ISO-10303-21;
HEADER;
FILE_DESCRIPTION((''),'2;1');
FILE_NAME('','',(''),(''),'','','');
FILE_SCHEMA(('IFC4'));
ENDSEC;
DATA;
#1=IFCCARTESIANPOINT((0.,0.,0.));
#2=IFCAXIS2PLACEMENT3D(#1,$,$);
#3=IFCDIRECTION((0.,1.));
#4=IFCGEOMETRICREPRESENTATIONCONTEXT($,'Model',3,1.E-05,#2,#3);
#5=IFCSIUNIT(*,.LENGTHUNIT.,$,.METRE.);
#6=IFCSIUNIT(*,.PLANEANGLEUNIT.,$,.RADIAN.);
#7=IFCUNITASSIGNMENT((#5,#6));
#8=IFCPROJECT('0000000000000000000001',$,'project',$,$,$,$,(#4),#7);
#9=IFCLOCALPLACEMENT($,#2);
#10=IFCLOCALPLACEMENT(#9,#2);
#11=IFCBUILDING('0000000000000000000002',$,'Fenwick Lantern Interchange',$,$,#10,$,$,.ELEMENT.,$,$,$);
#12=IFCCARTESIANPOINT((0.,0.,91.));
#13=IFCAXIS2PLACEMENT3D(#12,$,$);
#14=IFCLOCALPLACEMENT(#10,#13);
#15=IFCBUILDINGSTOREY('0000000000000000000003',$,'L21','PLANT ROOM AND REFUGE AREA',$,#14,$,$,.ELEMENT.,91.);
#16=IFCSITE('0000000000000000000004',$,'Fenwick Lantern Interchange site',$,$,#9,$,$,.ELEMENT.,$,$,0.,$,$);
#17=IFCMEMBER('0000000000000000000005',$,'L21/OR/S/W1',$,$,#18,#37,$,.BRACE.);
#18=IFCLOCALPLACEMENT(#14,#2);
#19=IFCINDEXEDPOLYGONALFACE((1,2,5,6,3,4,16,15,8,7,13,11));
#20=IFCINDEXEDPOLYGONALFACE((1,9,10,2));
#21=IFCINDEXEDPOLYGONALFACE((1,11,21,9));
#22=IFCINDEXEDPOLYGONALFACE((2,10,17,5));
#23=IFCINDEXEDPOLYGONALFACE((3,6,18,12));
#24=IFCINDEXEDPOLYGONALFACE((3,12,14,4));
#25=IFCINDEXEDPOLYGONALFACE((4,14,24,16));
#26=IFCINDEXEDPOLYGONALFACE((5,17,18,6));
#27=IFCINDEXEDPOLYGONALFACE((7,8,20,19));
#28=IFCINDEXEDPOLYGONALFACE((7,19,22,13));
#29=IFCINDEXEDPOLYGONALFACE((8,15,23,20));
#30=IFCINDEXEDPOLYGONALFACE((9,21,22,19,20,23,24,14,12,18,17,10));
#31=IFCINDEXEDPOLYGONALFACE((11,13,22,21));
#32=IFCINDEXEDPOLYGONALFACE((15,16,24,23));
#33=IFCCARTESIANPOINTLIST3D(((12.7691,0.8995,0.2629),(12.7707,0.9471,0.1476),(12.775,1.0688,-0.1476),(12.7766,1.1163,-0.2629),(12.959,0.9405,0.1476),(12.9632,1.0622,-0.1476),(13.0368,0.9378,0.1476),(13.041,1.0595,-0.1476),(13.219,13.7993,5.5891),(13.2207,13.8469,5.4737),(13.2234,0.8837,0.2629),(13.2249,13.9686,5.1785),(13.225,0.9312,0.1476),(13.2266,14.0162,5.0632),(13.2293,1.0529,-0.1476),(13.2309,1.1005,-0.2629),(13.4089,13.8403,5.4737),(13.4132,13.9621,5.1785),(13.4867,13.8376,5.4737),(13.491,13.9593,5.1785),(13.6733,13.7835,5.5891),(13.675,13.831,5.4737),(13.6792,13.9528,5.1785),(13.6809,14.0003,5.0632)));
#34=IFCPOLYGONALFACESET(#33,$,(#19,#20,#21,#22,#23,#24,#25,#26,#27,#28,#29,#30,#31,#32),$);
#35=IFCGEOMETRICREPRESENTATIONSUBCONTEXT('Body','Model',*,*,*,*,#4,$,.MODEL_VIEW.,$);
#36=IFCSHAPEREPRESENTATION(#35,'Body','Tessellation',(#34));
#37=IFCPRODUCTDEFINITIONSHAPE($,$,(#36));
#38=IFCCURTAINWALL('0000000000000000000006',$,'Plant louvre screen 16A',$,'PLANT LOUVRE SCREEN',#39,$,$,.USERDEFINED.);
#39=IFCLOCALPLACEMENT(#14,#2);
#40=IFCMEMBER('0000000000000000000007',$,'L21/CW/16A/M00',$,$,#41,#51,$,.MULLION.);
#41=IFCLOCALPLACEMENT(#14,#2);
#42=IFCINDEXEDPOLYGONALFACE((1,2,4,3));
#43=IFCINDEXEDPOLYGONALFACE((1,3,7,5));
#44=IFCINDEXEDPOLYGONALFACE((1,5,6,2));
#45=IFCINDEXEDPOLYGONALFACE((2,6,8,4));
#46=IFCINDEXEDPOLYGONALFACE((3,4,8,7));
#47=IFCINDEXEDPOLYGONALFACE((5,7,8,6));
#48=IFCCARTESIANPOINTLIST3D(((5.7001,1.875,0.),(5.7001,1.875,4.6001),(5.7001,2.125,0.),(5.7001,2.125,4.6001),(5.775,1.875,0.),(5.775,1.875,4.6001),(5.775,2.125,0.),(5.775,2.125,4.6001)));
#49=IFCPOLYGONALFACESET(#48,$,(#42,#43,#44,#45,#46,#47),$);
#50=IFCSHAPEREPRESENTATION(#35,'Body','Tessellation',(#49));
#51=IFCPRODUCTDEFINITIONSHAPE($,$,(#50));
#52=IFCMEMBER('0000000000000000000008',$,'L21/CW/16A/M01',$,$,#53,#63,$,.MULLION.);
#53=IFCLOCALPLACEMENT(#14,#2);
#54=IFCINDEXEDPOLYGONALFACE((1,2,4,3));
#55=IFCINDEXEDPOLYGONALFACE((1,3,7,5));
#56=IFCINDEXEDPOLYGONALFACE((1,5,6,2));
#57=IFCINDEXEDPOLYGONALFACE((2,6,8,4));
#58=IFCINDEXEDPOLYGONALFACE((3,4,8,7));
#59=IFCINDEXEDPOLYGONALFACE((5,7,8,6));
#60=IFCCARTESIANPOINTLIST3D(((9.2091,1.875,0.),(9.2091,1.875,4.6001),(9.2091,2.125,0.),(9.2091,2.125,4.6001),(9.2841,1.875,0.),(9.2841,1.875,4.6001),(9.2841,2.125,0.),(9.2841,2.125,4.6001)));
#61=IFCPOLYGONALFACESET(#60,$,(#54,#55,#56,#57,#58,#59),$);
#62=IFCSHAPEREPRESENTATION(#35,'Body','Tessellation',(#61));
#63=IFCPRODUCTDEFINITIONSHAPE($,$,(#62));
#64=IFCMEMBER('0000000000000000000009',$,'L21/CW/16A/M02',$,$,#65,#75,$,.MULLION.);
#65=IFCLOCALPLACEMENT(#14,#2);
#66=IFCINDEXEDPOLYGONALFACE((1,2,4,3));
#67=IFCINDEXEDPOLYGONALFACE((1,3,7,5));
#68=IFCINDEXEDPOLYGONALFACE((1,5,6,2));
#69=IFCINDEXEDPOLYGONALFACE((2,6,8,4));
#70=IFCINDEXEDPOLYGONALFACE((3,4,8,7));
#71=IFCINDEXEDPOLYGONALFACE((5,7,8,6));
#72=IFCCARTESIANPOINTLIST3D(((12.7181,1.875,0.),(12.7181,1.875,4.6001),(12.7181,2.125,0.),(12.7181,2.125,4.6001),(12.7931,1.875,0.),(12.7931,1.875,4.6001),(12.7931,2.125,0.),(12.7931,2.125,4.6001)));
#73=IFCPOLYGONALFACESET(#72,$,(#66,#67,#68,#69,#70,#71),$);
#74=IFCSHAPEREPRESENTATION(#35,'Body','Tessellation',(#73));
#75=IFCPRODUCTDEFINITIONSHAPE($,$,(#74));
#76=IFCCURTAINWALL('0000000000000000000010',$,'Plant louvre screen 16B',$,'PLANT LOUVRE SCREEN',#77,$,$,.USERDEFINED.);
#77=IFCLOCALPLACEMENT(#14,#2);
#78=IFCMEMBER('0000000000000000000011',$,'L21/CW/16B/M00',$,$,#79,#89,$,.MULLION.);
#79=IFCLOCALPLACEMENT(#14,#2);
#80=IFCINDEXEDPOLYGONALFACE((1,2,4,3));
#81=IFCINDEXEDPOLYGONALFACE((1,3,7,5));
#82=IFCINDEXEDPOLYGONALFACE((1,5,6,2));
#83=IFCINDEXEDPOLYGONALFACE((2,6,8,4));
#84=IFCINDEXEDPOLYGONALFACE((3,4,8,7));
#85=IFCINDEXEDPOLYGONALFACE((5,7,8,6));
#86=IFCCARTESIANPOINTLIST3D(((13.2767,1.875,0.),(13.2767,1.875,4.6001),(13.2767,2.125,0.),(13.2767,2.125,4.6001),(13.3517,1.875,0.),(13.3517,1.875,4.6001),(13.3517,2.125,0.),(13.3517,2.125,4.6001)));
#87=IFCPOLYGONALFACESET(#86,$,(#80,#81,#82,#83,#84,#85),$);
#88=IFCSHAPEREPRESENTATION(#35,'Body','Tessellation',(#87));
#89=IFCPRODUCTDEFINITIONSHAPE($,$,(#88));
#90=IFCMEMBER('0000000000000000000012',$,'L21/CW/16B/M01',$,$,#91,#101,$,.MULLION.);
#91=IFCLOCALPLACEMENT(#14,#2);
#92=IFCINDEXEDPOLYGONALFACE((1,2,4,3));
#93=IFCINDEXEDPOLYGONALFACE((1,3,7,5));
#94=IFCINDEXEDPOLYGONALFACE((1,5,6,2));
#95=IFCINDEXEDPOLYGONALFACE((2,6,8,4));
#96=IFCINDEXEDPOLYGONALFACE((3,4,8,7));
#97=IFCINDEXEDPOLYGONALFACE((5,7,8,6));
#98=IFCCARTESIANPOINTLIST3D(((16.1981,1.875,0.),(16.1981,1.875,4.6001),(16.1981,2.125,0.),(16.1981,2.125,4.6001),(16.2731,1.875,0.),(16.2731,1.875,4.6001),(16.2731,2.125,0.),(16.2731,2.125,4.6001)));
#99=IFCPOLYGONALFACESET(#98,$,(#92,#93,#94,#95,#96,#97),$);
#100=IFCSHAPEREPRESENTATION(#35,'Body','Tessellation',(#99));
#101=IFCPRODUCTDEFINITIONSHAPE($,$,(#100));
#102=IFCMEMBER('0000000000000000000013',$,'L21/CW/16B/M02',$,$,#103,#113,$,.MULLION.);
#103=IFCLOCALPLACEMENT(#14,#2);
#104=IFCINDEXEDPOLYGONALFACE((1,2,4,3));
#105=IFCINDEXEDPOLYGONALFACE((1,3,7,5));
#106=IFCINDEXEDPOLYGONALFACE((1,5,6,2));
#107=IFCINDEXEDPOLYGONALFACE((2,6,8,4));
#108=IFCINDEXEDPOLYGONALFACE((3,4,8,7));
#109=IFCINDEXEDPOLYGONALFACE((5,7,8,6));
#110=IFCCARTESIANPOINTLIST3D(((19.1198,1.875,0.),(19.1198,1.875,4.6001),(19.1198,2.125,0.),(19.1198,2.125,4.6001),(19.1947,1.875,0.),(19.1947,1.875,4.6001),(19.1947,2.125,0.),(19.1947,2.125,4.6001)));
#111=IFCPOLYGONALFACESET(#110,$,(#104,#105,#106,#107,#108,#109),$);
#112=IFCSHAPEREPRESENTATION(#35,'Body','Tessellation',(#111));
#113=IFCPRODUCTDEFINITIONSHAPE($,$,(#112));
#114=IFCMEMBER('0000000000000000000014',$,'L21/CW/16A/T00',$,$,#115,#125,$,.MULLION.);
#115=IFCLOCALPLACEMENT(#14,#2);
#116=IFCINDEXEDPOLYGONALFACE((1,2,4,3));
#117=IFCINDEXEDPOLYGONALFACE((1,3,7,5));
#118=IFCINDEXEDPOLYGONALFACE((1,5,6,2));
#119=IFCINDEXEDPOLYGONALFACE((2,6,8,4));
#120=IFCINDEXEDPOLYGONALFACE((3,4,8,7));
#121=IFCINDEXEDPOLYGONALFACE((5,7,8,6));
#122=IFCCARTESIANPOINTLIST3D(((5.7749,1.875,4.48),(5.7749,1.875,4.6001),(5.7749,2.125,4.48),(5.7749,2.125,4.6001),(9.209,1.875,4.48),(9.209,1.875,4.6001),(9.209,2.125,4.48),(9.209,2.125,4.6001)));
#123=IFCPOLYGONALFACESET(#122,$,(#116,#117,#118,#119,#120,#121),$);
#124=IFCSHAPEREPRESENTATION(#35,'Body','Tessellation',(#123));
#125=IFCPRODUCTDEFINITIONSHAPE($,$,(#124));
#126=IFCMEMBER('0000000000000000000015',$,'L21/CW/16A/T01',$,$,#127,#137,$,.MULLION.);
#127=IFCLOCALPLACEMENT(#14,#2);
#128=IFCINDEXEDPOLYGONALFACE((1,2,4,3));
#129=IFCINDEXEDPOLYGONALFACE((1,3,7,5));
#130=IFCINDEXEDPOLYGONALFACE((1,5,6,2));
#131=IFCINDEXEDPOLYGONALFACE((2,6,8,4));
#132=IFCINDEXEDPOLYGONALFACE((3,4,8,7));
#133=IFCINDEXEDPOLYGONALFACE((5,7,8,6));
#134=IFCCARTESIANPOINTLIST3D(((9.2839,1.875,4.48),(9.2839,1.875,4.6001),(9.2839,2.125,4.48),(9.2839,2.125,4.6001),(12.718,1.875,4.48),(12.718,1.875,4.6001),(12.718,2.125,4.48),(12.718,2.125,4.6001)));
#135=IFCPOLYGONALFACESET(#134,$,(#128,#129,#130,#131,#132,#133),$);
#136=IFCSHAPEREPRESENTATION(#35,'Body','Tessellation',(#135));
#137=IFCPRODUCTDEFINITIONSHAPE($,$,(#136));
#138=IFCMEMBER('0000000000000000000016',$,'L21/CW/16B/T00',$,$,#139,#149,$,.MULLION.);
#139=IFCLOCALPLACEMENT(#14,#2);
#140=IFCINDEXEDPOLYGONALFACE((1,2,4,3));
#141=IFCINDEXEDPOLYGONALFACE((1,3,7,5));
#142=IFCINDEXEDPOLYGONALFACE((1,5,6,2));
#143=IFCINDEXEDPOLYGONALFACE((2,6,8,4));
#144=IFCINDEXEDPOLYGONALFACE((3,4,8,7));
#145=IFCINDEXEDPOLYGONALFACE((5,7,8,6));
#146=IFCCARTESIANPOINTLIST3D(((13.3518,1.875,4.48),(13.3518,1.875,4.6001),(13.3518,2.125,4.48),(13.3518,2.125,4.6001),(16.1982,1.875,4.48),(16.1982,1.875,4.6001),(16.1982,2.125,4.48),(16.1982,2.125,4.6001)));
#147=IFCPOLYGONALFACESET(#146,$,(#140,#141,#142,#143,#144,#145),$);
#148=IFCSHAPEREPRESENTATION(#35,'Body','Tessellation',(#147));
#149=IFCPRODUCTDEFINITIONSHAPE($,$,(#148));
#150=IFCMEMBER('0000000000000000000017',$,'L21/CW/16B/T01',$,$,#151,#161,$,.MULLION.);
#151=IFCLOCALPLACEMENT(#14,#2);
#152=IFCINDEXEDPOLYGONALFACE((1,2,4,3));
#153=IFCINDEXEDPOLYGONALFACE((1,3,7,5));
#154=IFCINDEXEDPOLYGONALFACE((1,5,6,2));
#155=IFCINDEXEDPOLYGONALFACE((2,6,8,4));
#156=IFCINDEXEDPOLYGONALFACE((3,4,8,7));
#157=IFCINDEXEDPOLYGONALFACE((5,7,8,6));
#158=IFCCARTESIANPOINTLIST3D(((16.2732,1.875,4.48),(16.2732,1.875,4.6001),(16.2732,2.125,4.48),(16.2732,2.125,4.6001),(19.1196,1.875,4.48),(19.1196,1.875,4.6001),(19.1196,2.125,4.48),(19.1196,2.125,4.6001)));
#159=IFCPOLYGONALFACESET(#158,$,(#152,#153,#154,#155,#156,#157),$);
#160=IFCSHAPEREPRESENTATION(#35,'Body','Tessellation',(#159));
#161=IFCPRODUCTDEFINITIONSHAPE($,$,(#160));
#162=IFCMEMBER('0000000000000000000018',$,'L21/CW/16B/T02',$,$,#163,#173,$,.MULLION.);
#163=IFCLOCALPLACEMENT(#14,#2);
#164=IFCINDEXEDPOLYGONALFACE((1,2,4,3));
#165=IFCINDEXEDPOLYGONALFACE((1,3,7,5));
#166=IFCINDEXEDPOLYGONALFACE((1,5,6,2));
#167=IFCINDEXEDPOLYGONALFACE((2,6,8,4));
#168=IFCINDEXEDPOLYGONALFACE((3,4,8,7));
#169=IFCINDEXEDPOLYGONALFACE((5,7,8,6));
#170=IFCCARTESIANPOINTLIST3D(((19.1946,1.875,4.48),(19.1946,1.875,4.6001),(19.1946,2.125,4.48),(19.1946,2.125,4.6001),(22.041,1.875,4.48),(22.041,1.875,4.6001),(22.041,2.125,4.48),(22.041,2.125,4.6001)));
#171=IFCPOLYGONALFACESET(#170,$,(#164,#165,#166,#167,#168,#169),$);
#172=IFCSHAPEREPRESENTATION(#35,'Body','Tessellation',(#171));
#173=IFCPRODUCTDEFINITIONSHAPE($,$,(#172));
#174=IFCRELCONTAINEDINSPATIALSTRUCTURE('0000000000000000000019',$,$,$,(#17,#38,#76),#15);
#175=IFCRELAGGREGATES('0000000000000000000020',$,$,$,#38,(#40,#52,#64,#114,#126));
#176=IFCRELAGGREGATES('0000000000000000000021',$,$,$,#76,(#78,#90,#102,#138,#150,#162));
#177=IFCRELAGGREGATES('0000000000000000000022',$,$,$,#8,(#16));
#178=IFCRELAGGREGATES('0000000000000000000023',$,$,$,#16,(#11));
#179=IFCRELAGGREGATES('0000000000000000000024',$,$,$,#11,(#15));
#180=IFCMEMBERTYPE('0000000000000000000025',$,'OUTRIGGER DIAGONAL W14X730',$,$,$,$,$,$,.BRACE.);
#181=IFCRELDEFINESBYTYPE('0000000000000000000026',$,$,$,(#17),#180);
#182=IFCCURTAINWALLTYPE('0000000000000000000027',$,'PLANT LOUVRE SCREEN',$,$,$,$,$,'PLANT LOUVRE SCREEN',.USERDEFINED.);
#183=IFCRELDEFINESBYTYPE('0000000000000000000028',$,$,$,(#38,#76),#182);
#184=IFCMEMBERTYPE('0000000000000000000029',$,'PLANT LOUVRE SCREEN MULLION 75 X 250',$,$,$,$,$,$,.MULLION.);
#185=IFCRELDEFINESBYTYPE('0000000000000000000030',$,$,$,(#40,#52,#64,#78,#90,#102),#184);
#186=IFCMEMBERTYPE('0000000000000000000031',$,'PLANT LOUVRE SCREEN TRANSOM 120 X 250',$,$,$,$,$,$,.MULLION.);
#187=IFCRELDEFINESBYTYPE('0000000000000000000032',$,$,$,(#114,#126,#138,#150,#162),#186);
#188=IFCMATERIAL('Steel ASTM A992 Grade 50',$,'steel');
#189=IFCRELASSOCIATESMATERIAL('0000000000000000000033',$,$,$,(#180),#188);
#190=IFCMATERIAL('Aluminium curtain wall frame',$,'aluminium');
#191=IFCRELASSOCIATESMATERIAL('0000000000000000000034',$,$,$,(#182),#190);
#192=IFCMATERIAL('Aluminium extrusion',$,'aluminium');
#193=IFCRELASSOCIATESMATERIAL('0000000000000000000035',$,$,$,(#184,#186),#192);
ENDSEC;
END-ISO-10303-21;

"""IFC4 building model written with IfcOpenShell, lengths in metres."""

from ifc_helpers import new_model, si_unit, direction, frame, origin, origin_2d, place, context, subcontext, project, spatial, rectangle, i_section, extrude, material, material_profile, profile_set, type_object, element, aggregate, save


model = new_model("IFC4")

# Units and contexts
model_context = context("Model", 3, precision=1e-05, world=origin(), true_north=direction((0.0, 1.0)))
body_context = subcontext(model_context, "Body", "Model", "MODEL_VIEW")
ifc_project = project(units=[si_unit("LENGTHUNIT", "METRE"), si_unit("PLANEANGLEUNIT", "RADIAN")], contexts=[model_context])

# Site, building, storey
site_placement = place(None, origin())
site = spatial("IfcSite", under=ifc_project, at=site_placement, Name="Fenwick Lantern Interchange site", CompositionType="ELEMENT", RefElevation=0.0)
building_placement = place(site_placement, origin())
building = spatial("IfcBuilding", under=site, at=building_placement, Name="Fenwick Lantern Interchange", CompositionType="ELEMENT")
storey_placement = place(building_placement, frame((0.0, 0.0, 91.0)))
storey = spatial("IfcBuildingStorey", under=building, at=storey_placement, Name="L21", Description="PLANT ROOM AND REFUGE AREA", CompositionType="ELEMENT", Elevation=91.0)

# Shared definitions
ifc_material_1 = material(Name="Steel ASTM A992 Grade 50", Category="steel")

# Member
ifc_material_profile_1 = material_profile(ifc_material_1, i_section(OverallWidth=0.4546, OverallDepth=0.5688, WebThickness=0.0779, FlangeThickness=0.1248, at=origin_2d()), Name="W14X730")
ifc_profile_set_1 = profile_set([ifc_material_profile_1], Name="Steel ASTM A992 Grade 50")
member_type_1 = type_object("IfcMemberType", Name="OUTRIGGER DIAGONAL W14X730", PredefinedType="BRACE", material=ifc_profile_set_1)
member_1_placement = place(storey_placement, frame((13.0, 1.0, 0.0), z_axis=(0.032223, 0.923833, 0.381437), x_axis=(-0.999392, 0.034859, 0.0)))
element("IfcMember", 1, at=member_1_placement, inside=storey, type_object=member_type_1, Name="L21/OR/S/W1", PredefinedType="BRACE", context=body_context, shape_type="SweptSolid", body=[
    extrude(i_section(OverallWidth=0.4546, OverallDepth=0.5688, WebThickness=0.0779, FlangeThickness=0.1248, at=origin_2d()), origin(), (0.0, 0.0, 1.0), 13.9634),
])

# Curtain walls, members
ifc_material_2 = material(Name="Aluminium curtain wall frame", Category="aluminium")
curtain_wall_type = type_object("IfcCurtainWallType", Name="PLANT LOUVRE SCREEN", ElementType="PLANT LOUVRE SCREEN", PredefinedType="USERDEFINED", material=ifc_material_2)
curtain_wall_1_placement = place(storey_placement, origin())
curtain_wall_1 = element("IfcCurtainWall", 2, at=curtain_wall_1_placement, inside=storey, type_object=curtain_wall_type, Name="Plant louvre screen 16A", ObjectType="PLANT LOUVRE SCREEN", PredefinedType="USERDEFINED")
ifc_material_3 = material(Name="Aluminium extrusion", Category="aluminium")
ifc_material_profile_2 = material_profile(ifc_material_3, rectangle(XDim=0.25, YDim=0.075, at=origin_2d()), Name="PLANT LOUVRE SCREEN MULLION 75 X 250")
ifc_profile_set_2 = profile_set([ifc_material_profile_2], Name="Aluminium extrusion")
member_type_2 = type_object("IfcMemberType", Name="PLANT LOUVRE SCREEN MULLION 75 X 250", PredefinedType="MULLION", material=ifc_profile_set_2)
member_2_placement = place(storey_placement, frame((5.7375, 2.0, 0.0), z_axis=(0.0, 0.0, 1.0), x_axis=(0.0, 1.0, 0.0)))
member_2 = element("IfcMember", 3, at=member_2_placement, type_object=member_type_2, Name="L21/CW/16A/M00", PredefinedType="MULLION", context=body_context, shape_type="SweptSolid", body=[
    extrude(rectangle(XDim=0.25, YDim=0.075, at=origin_2d()), origin(), (0.0, 0.0, 1.0), 4.6001),
])
member_3_placement = place(storey_placement, frame((9.2466, 2.0, 0.0), z_axis=(0.0, 0.0, 1.0), x_axis=(0.0, 1.0, 0.0)))
member_3 = element("IfcMember", 4, at=member_3_placement, type_object=member_type_2, Name="L21/CW/16A/M01", PredefinedType="MULLION", context=body_context, shape_type="SweptSolid", body=[
    extrude(rectangle(XDim=0.25, YDim=0.075, at=origin_2d()), origin(), (0.0, 0.0, 1.0), 4.6001),
])
member_4_placement = place(storey_placement, frame((12.7556, 2.0, 0.0), z_axis=(0.0, 0.0, 1.0), x_axis=(0.0, 1.0, 0.0)))
member_4 = element("IfcMember", 5, at=member_4_placement, type_object=member_type_2, Name="L21/CW/16A/M02", PredefinedType="MULLION", context=body_context, shape_type="SweptSolid", body=[
    extrude(rectangle(XDim=0.25, YDim=0.075, at=origin_2d()), origin(), (0.0, 0.0, 1.0), 4.6001),
])
curtain_wall_2_placement = place(storey_placement, origin())
curtain_wall_2 = element("IfcCurtainWall", 6, at=curtain_wall_2_placement, inside=storey, type_object=curtain_wall_type, Name="Plant louvre screen 16B", ObjectType="PLANT LOUVRE SCREEN", PredefinedType="USERDEFINED")
member_5_placement = place(storey_placement, frame((13.3142, 2.0, 0.0), z_axis=(0.0, 0.0, 1.0), x_axis=(0.0, 1.0, 0.0)))
member_5 = element("IfcMember", 7, at=member_5_placement, type_object=member_type_2, Name="L21/CW/16B/M00", PredefinedType="MULLION", context=body_context, shape_type="SweptSolid", body=[
    extrude(rectangle(XDim=0.25, YDim=0.075, at=origin_2d()), origin(), (0.0, 0.0, 1.0), 4.6001),
])
member_6_placement = place(storey_placement, frame((16.2356, 2.0, 0.0), z_axis=(0.0, 0.0, 1.0), x_axis=(0.0, 1.0, 0.0)))
member_6 = element("IfcMember", 8, at=member_6_placement, type_object=member_type_2, Name="L21/CW/16B/M01", PredefinedType="MULLION", context=body_context, shape_type="SweptSolid", body=[
    extrude(rectangle(XDim=0.25, YDim=0.075, at=origin_2d()), origin(), (0.0, 0.0, 1.0), 4.6001),
])
member_7_placement = place(storey_placement, frame((19.1572, 2.0, 0.0), z_axis=(0.0, 0.0, 1.0), x_axis=(0.0, 1.0, 0.0)))
member_7 = element("IfcMember", 9, at=member_7_placement, type_object=member_type_2, Name="L21/CW/16B/M02", PredefinedType="MULLION", context=body_context, shape_type="SweptSolid", body=[
    extrude(rectangle(XDim=0.25, YDim=0.075, at=origin_2d()), origin(), (0.0, 0.0, 1.0), 4.6001),
])

# Members
ifc_material_profile_3 = material_profile(ifc_material_3, rectangle(XDim=0.25, YDim=0.1201, at=origin_2d()), Name="PLANT LOUVRE SCREEN TRANSOM 120 X 250")
ifc_profile_set_3 = profile_set([ifc_material_profile_3], Name="Aluminium extrusion")
member_type_3 = type_object("IfcMemberType", Name="PLANT LOUVRE SCREEN TRANSOM 120 X 250", PredefinedType="MULLION", material=ifc_profile_set_3)
member_8_placement = place(storey_placement, frame((5.7749, 2.0, 4.54), z_axis=(1.0, 0.0, 0.0), x_axis=(0.0, 1.0, 0.0)))
member_8 = element("IfcMember", 10, at=member_8_placement, type_object=member_type_3, Name="L21/CW/16A/T00", PredefinedType="MULLION", context=body_context, shape_type="SweptSolid", body=[
    extrude(rectangle(XDim=0.25, YDim=0.1201, at=origin_2d()), origin(), (0.0, 0.0, 1.0), 3.4341),
])
member_9_placement = place(storey_placement, frame((9.2839, 2.0, 4.54), z_axis=(1.0, 0.0, 0.0), x_axis=(0.0, 1.0, 0.0)))
member_9 = element("IfcMember", 11, at=member_9_placement, type_object=member_type_3, Name="L21/CW/16A/T01", PredefinedType="MULLION", context=body_context, shape_type="SweptSolid", body=[
    extrude(rectangle(XDim=0.25, YDim=0.1201, at=origin_2d()), origin(), (0.0, 0.0, 1.0), 3.4341),
])
member_10_placement = place(storey_placement, frame((13.3518, 2.0, 4.54), z_axis=(1.0, 0.0, 0.0), x_axis=(0.0, 1.0, 0.0)))
member_10 = element("IfcMember", 12, at=member_10_placement, type_object=member_type_3, Name="L21/CW/16B/T00", PredefinedType="MULLION", context=body_context, shape_type="SweptSolid", body=[
    extrude(rectangle(XDim=0.25, YDim=0.1201, at=origin_2d()), origin(), (0.0, 0.0, 1.0), 2.8464),
])
member_11_placement = place(storey_placement, frame((16.2732, 2.0, 4.54), z_axis=(1.0, 0.0, 0.0), x_axis=(0.0, 1.0, 0.0)))
member_11 = element("IfcMember", 13, at=member_11_placement, type_object=member_type_3, Name="L21/CW/16B/T01", PredefinedType="MULLION", context=body_context, shape_type="SweptSolid", body=[
    extrude(rectangle(XDim=0.25, YDim=0.1201, at=origin_2d()), origin(), (0.0, 0.0, 1.0), 2.8464),
])
member_12_placement = place(storey_placement, frame((19.1946, 2.0, 4.54), z_axis=(1.0, 0.0, 0.0), x_axis=(0.0, 1.0, 0.0)))
member_12 = element("IfcMember", 14, at=member_12_placement, type_object=member_type_3, Name="L21/CW/16B/T02", PredefinedType="MULLION", context=body_context, shape_type="SweptSolid", body=[
    extrude(rectangle(XDim=0.25, YDim=0.1201, at=origin_2d()), origin(), (0.0, 0.0, 1.0), 2.8464),
])

aggregate(curtain_wall_1, [member_2, member_3, member_4, member_8, member_9])
aggregate(curtain_wall_2, [member_5, member_6, member_7, member_10, member_11, member_12])

save(model, "model.ifc")
